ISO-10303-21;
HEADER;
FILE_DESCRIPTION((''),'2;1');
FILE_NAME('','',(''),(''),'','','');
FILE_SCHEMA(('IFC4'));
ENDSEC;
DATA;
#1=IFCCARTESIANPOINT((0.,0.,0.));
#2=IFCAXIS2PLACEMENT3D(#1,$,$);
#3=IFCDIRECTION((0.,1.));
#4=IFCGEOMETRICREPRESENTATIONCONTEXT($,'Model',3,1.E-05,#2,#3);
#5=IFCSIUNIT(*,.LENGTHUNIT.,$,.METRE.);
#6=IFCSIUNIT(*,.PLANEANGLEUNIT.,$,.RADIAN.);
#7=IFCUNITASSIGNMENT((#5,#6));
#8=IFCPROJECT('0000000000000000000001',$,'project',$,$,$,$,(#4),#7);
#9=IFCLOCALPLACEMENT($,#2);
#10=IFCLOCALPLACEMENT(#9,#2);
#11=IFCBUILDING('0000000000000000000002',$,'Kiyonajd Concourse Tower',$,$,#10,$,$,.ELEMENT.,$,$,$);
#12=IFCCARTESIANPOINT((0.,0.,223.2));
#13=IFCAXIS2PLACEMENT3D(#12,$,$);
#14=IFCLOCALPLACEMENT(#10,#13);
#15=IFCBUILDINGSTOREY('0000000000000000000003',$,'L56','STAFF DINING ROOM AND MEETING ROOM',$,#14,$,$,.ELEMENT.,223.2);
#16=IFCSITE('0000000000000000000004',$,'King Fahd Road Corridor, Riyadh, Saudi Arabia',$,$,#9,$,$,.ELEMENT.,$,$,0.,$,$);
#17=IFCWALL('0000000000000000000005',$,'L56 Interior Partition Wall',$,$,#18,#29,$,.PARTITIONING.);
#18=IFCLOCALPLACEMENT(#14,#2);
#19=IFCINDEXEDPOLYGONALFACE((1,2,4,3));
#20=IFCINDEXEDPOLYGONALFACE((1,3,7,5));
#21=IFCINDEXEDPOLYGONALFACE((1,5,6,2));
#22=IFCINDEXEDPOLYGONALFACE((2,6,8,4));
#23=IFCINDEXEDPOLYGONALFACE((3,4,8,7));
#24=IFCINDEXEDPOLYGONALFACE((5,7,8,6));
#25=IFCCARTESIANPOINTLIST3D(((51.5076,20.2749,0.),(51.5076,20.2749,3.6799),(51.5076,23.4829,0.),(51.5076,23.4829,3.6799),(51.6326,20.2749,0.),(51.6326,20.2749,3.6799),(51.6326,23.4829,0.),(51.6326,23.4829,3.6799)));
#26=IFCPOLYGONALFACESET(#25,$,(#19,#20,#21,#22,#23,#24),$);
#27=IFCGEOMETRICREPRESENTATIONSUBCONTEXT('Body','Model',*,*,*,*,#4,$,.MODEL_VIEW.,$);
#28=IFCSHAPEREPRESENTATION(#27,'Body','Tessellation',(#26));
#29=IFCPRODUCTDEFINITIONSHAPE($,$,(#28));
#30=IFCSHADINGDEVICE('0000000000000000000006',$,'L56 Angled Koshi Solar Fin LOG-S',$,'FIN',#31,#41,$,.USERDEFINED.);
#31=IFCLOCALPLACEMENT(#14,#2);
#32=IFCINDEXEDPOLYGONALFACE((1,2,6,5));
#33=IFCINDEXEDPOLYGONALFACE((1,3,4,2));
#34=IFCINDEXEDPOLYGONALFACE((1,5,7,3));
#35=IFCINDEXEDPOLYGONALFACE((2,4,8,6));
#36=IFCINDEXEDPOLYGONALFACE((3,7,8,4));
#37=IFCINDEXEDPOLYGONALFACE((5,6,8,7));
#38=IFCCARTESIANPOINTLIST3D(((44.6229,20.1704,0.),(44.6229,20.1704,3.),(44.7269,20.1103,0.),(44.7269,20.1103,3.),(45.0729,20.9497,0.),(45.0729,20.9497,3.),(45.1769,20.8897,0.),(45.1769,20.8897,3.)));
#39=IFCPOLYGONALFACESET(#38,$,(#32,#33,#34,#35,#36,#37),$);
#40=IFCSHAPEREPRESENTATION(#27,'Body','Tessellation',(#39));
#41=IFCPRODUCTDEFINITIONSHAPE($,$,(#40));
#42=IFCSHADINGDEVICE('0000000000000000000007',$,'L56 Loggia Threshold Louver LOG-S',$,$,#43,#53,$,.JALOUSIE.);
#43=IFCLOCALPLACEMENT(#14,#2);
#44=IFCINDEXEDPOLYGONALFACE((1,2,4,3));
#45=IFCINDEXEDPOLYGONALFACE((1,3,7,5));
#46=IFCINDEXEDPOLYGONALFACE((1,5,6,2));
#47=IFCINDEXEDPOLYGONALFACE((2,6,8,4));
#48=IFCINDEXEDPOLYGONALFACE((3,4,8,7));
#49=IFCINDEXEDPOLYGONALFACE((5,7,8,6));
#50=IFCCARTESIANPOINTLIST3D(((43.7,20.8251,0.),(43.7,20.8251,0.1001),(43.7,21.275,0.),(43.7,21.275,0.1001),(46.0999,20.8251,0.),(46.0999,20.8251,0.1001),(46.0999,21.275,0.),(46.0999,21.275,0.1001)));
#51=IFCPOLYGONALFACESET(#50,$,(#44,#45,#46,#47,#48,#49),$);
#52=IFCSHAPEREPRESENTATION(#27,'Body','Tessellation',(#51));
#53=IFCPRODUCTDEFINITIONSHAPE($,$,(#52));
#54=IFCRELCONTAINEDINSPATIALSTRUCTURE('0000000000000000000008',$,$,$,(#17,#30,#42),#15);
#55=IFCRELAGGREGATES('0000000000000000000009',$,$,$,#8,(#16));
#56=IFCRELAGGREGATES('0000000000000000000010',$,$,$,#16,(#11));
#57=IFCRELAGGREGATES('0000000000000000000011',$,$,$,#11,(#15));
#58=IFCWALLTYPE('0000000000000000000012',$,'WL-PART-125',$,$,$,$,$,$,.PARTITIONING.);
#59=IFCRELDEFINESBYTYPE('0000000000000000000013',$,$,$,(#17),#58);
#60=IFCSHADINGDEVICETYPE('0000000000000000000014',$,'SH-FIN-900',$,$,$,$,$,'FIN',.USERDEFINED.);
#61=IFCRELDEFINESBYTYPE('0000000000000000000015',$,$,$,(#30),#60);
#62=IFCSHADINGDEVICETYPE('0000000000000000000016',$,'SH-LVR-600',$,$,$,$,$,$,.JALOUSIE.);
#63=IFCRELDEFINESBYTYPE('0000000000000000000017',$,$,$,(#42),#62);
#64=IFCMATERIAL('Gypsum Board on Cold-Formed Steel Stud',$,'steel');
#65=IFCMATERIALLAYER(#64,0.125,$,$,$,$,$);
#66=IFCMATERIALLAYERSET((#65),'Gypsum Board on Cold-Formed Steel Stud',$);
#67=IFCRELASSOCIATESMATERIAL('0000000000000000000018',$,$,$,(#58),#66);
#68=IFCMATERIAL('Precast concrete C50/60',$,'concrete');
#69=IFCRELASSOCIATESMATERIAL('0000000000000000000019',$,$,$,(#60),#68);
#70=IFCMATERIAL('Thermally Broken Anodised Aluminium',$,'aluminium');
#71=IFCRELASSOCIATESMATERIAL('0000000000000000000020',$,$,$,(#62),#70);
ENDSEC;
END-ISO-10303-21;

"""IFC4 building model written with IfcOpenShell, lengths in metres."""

from ifc_helpers import new_model, si_unit, direction, frame, frame_2d, origin, origin_2d, place, context, subcontext, project, spatial, rectangle, extrude, material, layer, layer_set, type_object, element, save


model = new_model("IFC4")

# Units and contexts
model_context = context("Model", 3, precision=1e-05, world=origin(), true_north=direction((0.0, 1.0)))
body_context = subcontext(model_context, "Body", "Model", "MODEL_VIEW")
ifc_project = project(units=[si_unit("LENGTHUNIT", "METRE"), si_unit("PLANEANGLEUNIT", "RADIAN")], contexts=[model_context])

# Site, building, storey
site_placement = place(None, origin())
site = spatial("IfcSite", under=ifc_project, at=site_placement, Name="King Fahd Road Corridor, Riyadh, Saudi Arabia", CompositionType="ELEMENT", RefElevation=0.0)
building_placement = place(site_placement, origin())
building = spatial("IfcBuilding", under=site, at=building_placement, Name="Kiyonajd Concourse Tower", CompositionType="ELEMENT")
storey_placement = place(building_placement, frame((0.0, 0.0, 223.2)))
storey = spatial("IfcBuildingStorey", under=building, at=storey_placement, Name="L56", Description="STAFF DINING ROOM AND MEETING ROOM", CompositionType="ELEMENT", Elevation=223.2)

# Shared definitions
ifc_material_1 = material(Name="Thermally Broken Anodised Aluminium", Category="aluminium")

# Shared definitions
ifc_material_2 = material(Name="Precast concrete C50/60", Category="concrete")

# Wall
ifc_material_3 = material(Name="Gypsum Board on Cold-Formed Steel Stud", Category="steel")
ifc_layer_1 = layer(ifc_material_3, 0.125)
ifc_layer_set_1 = layer_set([ifc_layer_1], Name="Gypsum Board on Cold-Formed Steel Stud")
wall_type_1 = type_object("IfcWallType", Name="WL-PART-125", PredefinedType="PARTITIONING", material=ifc_layer_set_1)
wall_1_placement = place(storey_placement, frame((51.5701, 20.2749, 0.0), z_axis=(0.0, 0.0, 1.0), x_axis=(0.0, 1.0, 0.0)))
element("IfcWall", 1, at=wall_1_placement, inside=storey, type_object=wall_type_1, Name="L56 Interior Partition Wall", PredefinedType="PARTITIONING", context=body_context, shape_type="SweptSolid", body=[
    extrude(rectangle(XDim=3.208, YDim=0.125, at=frame_2d((1.604, 0.0))), origin(), (0.0, 0.0, 1.0), 3.6799),
])

# Shading devices
shading_device_type_1 = type_object("IfcShadingDeviceType", Name="SH-FIN-900", ElementType="FIN", PredefinedType="USERDEFINED", material=ifc_material_2)
shading_device_1_placement = place(storey_placement, frame((44.8999, 20.53, 0.0), z_axis=(0.0, 0.0, 1.0), x_axis=(0.5, 0.866025, 0.0)))
element("IfcShadingDevice", 2, at=shading_device_1_placement, inside=storey, type_object=shading_device_type_1, Name="L56 Angled Koshi Solar Fin LOG-S", ObjectType="FIN", PredefinedType="USERDEFINED", context=body_context, shape_type="SweptSolid", body=[
    extrude(rectangle(XDim=0.8999, YDim=0.1201, at=origin_2d()), origin(), (0.0, 0.0, 1.0), 3.0),
])
shading_device_type_2 = type_object("IfcShadingDeviceType", Name="SH-LVR-600", PredefinedType="JALOUSIE", material=ifc_material_1)
shading_device_2_placement = place(storey_placement, frame((44.8999, 21.05, 0.0), z_axis=(0.0, 0.0, 1.0), x_axis=(1.0, 0.0, 0.0)))
element("IfcShadingDevice", 3, at=shading_device_2_placement, inside=storey, type_object=shading_device_type_2, Name="L56 Loggia Threshold Louver LOG-S", PredefinedType="JALOUSIE", context=body_context, shape_type="SweptSolid", body=[
    extrude(rectangle(XDim=2.3999, YDim=0.45, at=origin_2d()), origin(), (0.0, 0.0, 1.0), 0.1001),
])

save(model, "model.ifc")
